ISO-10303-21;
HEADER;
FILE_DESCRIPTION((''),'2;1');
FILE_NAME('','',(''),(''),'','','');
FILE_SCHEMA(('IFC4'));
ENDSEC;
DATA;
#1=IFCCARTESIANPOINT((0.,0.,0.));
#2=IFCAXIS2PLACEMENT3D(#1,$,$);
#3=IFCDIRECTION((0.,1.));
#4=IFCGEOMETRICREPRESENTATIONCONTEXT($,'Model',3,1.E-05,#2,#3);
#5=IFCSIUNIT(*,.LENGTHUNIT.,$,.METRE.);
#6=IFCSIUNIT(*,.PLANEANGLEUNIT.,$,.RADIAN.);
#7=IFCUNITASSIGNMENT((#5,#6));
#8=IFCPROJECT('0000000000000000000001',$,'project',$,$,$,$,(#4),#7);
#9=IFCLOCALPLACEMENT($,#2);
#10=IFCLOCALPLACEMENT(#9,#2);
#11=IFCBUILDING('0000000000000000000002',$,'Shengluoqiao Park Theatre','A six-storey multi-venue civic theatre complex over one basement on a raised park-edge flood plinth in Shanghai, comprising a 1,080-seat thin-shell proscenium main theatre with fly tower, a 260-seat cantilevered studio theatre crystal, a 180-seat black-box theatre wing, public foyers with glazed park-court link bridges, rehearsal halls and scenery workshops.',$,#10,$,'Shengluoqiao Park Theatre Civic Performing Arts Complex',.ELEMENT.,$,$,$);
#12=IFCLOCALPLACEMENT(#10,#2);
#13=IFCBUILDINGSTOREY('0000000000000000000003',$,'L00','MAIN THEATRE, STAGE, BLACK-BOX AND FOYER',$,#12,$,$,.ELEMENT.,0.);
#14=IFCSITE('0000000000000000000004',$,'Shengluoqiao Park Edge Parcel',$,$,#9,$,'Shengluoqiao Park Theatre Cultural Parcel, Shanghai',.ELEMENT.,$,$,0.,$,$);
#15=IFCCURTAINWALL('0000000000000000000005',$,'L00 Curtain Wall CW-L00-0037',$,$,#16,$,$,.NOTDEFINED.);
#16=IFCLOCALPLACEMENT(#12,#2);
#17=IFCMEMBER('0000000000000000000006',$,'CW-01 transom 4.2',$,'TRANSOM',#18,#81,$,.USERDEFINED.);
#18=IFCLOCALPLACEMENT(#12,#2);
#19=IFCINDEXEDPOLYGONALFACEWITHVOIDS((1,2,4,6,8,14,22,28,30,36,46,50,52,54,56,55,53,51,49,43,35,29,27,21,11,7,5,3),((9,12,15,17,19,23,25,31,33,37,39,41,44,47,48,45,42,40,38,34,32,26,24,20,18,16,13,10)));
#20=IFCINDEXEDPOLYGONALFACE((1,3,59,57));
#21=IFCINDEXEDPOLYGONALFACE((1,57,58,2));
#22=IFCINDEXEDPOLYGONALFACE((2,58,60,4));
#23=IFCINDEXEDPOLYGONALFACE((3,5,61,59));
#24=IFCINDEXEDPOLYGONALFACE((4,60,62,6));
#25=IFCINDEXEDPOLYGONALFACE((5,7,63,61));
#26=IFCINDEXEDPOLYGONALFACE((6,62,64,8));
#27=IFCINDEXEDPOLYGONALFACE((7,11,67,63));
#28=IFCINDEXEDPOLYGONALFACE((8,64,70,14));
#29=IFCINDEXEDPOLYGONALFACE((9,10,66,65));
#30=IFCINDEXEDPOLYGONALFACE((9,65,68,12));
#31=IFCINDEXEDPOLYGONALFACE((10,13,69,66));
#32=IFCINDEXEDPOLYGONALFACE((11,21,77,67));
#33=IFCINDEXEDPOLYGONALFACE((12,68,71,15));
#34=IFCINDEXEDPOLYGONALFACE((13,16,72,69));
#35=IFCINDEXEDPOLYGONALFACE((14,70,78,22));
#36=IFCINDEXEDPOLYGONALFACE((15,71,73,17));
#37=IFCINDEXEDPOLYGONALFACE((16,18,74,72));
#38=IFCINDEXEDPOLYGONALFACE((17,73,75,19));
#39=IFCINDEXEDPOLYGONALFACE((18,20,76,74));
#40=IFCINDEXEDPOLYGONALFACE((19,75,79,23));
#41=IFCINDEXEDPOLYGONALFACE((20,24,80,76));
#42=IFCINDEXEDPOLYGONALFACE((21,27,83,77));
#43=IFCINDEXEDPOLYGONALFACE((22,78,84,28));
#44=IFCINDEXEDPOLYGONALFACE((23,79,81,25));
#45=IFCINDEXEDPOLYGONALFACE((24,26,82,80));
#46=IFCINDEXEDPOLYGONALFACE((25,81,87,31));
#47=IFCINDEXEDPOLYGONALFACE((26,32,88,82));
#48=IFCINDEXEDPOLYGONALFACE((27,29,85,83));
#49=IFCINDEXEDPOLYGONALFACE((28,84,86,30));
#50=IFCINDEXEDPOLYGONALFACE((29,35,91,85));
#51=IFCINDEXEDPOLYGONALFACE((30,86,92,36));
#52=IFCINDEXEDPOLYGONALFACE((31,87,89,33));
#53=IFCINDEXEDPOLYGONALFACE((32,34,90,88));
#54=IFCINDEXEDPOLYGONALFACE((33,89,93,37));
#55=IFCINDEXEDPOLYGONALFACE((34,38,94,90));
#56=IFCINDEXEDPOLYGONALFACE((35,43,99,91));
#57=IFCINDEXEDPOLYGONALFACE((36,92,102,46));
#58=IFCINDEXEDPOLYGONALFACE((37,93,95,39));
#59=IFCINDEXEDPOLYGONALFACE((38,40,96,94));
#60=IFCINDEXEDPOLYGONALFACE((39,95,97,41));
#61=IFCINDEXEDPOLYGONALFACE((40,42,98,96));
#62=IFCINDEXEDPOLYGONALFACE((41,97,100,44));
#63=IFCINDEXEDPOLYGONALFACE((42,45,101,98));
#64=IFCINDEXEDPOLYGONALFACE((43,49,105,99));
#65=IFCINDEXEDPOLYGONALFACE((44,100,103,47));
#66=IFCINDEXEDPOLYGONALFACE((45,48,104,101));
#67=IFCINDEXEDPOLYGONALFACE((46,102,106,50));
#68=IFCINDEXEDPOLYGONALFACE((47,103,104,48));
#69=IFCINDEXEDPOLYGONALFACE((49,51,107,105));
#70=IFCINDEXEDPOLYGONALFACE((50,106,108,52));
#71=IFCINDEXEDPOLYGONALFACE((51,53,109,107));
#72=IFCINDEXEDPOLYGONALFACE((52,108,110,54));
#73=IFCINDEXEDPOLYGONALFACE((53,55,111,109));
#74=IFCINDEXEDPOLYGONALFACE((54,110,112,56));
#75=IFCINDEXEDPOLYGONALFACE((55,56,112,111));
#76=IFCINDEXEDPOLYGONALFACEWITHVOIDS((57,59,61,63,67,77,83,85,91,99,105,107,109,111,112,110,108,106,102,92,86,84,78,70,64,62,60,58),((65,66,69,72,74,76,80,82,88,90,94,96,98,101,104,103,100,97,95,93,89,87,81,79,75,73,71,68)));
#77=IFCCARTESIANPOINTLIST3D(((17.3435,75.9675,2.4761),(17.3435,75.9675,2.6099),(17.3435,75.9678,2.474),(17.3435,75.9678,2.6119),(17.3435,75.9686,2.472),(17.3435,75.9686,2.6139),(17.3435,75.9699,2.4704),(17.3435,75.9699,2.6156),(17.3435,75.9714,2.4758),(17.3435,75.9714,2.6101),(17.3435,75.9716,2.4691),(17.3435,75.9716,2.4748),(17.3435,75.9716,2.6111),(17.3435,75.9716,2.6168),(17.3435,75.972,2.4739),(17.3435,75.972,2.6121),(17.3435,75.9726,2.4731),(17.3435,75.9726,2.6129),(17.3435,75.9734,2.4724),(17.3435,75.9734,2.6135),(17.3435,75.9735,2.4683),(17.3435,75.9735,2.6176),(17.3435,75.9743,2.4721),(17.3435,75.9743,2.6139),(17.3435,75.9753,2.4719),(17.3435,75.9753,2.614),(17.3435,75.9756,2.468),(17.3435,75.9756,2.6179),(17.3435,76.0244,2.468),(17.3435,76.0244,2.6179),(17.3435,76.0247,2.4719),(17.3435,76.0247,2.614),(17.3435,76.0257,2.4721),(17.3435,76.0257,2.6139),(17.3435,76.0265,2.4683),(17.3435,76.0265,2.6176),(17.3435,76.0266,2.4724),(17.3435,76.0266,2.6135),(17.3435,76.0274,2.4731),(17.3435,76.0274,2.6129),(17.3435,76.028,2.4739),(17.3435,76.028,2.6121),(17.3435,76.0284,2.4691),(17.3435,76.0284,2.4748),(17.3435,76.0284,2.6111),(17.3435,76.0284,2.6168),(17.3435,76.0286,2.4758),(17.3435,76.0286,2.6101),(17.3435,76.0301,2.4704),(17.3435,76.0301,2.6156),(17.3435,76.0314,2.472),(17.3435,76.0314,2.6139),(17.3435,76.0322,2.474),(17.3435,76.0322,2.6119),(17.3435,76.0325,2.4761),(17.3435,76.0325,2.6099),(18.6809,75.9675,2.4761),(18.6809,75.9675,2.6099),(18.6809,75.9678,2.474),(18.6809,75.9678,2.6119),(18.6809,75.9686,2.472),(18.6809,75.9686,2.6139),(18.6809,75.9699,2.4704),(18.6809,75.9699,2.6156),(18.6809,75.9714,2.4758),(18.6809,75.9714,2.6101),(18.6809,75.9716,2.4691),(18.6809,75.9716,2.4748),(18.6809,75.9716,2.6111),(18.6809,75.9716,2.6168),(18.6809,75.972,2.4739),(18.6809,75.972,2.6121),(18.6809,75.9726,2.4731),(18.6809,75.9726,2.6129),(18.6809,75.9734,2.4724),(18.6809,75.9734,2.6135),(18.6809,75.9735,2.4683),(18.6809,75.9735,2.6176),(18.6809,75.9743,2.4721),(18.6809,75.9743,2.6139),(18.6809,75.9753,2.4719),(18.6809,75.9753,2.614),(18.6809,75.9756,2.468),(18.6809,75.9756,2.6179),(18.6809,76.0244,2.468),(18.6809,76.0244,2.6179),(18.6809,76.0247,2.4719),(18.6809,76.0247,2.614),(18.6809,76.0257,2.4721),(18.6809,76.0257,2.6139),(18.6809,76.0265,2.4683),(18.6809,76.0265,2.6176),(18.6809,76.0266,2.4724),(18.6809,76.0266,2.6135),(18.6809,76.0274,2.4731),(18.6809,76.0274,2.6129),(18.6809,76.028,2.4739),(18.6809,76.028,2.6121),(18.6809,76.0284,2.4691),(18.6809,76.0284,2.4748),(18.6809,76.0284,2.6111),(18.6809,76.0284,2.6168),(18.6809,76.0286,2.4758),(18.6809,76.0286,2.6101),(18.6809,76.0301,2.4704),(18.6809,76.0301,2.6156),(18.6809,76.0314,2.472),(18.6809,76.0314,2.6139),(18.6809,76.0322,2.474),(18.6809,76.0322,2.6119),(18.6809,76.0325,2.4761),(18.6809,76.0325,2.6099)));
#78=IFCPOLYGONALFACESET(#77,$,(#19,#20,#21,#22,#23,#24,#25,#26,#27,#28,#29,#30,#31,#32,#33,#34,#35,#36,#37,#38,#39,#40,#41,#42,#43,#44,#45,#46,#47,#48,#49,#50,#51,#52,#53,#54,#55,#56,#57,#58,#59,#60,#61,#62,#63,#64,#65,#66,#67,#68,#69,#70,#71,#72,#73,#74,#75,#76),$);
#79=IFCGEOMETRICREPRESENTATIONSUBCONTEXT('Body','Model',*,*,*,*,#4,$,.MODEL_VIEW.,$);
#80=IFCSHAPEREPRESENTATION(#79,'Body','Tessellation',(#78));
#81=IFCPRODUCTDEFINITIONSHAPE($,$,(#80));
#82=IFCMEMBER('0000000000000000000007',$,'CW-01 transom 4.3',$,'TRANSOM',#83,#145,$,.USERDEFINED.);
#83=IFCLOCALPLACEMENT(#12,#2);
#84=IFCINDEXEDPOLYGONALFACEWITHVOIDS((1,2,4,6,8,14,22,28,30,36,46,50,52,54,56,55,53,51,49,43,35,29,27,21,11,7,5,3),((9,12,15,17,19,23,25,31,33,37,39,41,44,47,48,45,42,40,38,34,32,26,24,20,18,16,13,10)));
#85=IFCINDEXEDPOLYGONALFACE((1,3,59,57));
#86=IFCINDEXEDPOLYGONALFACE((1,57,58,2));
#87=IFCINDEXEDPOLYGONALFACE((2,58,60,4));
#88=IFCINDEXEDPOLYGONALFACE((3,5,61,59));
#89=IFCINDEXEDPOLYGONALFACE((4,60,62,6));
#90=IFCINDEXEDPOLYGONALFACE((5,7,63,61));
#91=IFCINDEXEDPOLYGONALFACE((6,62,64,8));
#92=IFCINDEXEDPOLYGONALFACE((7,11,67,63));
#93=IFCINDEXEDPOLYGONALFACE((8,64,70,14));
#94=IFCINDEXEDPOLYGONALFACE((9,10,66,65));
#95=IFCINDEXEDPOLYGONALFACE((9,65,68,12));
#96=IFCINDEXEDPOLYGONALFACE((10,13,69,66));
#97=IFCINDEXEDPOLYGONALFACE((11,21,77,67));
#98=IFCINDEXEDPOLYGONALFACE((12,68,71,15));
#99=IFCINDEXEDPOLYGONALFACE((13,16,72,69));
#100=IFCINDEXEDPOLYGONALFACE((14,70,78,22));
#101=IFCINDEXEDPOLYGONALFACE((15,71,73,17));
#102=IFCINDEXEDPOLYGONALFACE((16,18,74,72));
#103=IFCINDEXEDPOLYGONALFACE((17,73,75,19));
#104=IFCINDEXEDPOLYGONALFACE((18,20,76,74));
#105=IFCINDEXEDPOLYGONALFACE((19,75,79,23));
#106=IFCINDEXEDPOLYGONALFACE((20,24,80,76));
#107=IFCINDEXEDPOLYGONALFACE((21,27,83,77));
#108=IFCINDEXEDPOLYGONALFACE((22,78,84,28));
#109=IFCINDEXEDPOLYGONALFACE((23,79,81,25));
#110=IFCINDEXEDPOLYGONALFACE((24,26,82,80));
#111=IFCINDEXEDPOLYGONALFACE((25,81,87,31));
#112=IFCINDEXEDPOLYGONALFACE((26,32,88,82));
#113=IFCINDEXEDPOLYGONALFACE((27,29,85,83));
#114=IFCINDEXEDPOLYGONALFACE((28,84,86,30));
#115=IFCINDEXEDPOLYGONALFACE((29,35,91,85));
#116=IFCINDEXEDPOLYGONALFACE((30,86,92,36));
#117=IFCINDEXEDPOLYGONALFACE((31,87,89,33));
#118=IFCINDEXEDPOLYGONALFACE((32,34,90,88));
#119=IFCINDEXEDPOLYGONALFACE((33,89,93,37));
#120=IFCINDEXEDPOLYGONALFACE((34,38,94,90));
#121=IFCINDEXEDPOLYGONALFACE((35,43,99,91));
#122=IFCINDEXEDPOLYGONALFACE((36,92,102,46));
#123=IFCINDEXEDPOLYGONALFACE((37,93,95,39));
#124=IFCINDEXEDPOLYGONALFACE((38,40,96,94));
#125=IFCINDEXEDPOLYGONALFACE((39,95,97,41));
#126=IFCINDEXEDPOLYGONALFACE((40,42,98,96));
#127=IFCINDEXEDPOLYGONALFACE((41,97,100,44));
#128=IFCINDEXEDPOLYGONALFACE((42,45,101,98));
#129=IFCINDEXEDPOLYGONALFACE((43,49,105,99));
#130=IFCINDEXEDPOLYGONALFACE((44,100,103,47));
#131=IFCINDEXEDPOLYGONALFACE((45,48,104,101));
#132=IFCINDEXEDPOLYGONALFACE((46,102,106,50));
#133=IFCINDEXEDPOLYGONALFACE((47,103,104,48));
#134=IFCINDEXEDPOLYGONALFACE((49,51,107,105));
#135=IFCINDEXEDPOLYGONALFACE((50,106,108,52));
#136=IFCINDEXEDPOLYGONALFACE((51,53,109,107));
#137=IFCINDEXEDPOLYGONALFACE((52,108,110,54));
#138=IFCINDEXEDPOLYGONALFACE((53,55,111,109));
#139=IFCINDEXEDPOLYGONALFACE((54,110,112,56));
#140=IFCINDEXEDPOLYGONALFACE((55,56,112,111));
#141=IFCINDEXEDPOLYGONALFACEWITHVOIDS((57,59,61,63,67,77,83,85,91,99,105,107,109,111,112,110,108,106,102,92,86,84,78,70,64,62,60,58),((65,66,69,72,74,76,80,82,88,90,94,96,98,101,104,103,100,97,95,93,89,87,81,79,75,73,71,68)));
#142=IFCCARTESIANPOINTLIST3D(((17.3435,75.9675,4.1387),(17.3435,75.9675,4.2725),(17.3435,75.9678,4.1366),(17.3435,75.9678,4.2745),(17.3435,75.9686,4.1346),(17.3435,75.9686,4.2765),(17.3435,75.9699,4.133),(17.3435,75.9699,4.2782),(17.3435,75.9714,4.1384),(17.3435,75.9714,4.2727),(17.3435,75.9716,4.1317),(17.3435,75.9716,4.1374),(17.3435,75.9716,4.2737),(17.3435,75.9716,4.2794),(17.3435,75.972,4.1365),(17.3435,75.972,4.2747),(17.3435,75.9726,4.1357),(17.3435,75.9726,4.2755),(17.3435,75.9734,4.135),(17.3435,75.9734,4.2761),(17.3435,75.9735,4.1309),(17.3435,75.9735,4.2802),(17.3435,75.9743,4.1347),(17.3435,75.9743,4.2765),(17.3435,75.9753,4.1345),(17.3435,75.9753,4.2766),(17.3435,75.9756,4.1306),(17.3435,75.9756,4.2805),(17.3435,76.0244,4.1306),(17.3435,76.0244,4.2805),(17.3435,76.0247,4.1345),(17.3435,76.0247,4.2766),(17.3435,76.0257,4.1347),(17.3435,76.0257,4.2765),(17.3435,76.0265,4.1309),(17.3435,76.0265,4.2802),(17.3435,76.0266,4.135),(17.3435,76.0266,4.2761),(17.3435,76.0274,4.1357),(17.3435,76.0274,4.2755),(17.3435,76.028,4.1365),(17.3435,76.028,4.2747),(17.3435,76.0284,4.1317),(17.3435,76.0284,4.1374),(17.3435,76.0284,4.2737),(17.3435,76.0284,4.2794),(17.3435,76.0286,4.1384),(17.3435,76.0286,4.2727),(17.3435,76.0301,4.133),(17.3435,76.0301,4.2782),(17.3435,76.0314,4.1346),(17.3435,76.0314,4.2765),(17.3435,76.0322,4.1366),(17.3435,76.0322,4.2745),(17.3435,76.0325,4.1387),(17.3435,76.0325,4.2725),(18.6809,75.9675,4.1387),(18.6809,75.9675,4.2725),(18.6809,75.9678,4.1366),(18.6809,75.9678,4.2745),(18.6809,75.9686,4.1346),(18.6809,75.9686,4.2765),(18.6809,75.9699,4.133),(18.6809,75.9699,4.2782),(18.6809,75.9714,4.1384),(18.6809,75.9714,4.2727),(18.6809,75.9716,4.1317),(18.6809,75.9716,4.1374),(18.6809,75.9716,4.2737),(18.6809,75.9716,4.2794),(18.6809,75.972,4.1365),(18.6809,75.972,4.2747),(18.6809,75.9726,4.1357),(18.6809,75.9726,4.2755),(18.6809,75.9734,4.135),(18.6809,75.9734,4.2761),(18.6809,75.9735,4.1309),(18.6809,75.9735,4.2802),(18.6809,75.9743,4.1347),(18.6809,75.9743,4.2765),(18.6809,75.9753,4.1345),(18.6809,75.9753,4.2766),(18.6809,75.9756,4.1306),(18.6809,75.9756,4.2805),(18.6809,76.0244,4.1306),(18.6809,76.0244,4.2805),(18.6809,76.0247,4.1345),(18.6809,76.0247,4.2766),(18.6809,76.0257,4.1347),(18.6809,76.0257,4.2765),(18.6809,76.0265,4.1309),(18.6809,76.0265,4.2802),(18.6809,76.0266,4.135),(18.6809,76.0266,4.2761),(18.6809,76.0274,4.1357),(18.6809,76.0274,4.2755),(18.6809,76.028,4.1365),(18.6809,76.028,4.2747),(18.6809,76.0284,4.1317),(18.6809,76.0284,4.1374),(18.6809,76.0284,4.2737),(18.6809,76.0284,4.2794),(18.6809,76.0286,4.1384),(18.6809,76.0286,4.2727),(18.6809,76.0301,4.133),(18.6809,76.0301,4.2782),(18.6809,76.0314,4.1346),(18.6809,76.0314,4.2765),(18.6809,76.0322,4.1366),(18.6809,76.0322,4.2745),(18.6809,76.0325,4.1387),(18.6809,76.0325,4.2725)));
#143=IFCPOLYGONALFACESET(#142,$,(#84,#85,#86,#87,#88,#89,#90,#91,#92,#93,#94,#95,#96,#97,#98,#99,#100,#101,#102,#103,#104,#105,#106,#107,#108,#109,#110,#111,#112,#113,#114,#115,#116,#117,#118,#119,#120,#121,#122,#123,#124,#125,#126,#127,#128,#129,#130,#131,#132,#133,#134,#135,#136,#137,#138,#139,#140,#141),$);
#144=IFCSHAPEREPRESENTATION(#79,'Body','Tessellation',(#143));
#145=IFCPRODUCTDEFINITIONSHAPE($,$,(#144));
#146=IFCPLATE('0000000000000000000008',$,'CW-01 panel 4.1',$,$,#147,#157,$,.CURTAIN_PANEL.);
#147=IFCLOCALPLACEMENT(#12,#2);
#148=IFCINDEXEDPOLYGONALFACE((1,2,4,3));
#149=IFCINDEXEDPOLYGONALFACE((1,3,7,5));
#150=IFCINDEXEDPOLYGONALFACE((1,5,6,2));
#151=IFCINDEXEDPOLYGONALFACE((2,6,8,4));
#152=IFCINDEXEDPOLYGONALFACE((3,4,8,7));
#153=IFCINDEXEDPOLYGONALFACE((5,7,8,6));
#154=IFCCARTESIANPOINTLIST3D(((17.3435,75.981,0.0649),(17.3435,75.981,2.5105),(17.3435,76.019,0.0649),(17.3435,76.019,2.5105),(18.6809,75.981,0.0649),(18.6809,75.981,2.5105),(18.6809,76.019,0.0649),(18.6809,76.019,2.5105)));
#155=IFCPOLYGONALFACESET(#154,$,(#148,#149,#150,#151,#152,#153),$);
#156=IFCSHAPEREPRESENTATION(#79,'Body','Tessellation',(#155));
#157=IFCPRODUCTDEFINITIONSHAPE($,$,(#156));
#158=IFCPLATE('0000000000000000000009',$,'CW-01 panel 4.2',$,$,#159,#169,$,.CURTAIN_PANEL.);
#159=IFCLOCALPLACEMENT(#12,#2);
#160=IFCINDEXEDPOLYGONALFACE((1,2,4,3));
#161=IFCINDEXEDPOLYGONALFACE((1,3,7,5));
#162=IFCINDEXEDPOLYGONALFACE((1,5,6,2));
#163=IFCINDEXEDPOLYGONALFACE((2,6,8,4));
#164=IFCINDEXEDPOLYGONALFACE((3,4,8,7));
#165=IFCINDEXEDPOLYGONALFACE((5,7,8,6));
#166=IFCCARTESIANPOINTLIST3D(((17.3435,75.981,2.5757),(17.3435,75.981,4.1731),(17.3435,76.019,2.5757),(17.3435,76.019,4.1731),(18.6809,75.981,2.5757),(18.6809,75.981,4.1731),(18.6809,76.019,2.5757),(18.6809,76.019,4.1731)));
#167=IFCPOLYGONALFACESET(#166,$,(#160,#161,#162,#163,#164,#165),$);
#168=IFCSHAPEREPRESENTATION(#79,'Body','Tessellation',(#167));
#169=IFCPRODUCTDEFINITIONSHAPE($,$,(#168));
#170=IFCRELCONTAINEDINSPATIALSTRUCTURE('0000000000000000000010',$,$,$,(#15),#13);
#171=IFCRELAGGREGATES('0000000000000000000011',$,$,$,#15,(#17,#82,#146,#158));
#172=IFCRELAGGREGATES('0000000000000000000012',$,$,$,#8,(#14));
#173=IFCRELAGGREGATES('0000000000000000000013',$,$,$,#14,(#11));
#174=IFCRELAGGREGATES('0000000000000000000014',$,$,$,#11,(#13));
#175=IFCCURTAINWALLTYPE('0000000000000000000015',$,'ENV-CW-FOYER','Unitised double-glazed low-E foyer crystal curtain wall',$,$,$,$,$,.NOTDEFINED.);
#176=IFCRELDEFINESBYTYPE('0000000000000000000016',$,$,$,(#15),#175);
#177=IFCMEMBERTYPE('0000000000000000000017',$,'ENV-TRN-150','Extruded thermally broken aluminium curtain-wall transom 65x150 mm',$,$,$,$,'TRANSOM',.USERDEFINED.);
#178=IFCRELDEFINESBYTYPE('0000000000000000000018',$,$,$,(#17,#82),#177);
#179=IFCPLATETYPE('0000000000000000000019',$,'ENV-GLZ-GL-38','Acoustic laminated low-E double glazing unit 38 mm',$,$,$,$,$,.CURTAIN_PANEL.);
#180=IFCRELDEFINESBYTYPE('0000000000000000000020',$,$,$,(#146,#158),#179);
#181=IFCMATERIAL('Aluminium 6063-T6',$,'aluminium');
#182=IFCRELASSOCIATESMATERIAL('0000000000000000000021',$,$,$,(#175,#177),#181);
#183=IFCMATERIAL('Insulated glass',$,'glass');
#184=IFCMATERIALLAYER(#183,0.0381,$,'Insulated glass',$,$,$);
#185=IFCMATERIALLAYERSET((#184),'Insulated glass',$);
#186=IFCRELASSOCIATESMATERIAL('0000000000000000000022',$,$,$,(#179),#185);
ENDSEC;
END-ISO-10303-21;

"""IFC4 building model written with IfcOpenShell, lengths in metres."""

from ifc_helpers import new_model, si_unit, direction, frame, origin, origin_2d, place, context, subcontext, project, spatial, rectangle, hollow_rectangle, extrude, material, layer, layer_set, material_profile, profile_set, type_object, element, aggregate, save


model = new_model("IFC4")

# Units and contexts
model_context = context("Model", 3, precision=1e-05, world=origin(), true_north=direction((0.0, 1.0)))
body_context = subcontext(model_context, "Body", "Model", "MODEL_VIEW")
ifc_project = project(units=[si_unit("LENGTHUNIT", "METRE"), si_unit("PLANEANGLEUNIT", "RADIAN")], contexts=[model_context])

# Site, building, storey
site_placement = place(None, origin())
site = spatial("IfcSite", under=ifc_project, at=site_placement, Name="Shengluoqiao Park Edge Parcel", LongName="Shengluoqiao Park Theatre Cultural Parcel, Shanghai", CompositionType="ELEMENT", RefElevation=0.0)
building_placement = place(site_placement, origin())
building = spatial("IfcBuilding", under=site, at=building_placement, Name="Shengluoqiao Park Theatre", Description="A six-storey multi-venue civic theatre complex over one basement on a raised park-edge flood plinth in Shanghai, comprising a 1,080-seat thin-shell proscenium main theatre with fly tower, a 260-seat cantilevered studio theatre crystal, a 180-seat black-box theatre wing, public foyers with glazed park-court link bridges, rehearsal halls and scenery workshops.", LongName="Shengluoqiao Park Theatre Civic Performing Arts Complex", CompositionType="ELEMENT")
storey_placement = place(building_placement, origin())
storey = spatial("IfcBuildingStorey", under=building, at=storey_placement, Name="L00", Description="MAIN THEATRE, STAGE, BLACK-BOX AND FOYER", CompositionType="ELEMENT", Elevation=0.0)

# Curtain wall, members, plates
ifc_material_1 = material(Name="Aluminium 6063-T6", Category="aluminium")
curtain_wall_type = type_object("IfcCurtainWallType", Name="ENV-CW-FOYER", Description="Unitised double-glazed low-E foyer crystal curtain wall", PredefinedType="NOTDEFINED", material=ifc_material_1)
curtain_wall_placement = place(storey_placement, origin())
curtain_wall = element("IfcCurtainWall", 1, at=curtain_wall_placement, inside=storey, type_object=curtain_wall_type, Name="L00 Curtain Wall CW-L00-0037", PredefinedType="NOTDEFINED")
ifc_material_profile_1 = material_profile(ifc_material_1, hollow_rectangle(XDim=0.0649, YDim=0.1499, WallThickness=0.0039, InnerFilletRadius=0.0039, OuterFilletRadius=0.0081, at=origin_2d()), Name="ALU TRANSOM 150x65x4")
ifc_profile_set_1 = profile_set([ifc_material_profile_1], Name="Aluminium 6063-T6")
member_type_1 = type_object("IfcMemberType", Name="ENV-TRN-150", Description="Extruded thermally broken aluminium curtain-wall transom 65x150 mm", ElementType="TRANSOM", PredefinedType="USERDEFINED", material=ifc_profile_set_1)
member_1_placement = place(storey_placement, frame((17.3435, 76.0, 2.543), z_axis=(1.0, 0.0, 0.0), x_axis=(0.0, 1.0, 0.0)))
member_1 = element("IfcMember", 2, at=member_1_placement, type_object=member_type_1, Name="CW-01 transom 4.2", ObjectType="TRANSOM", PredefinedType="USERDEFINED", context=body_context, shape_type="SweptSolid", body=[
    extrude(hollow_rectangle(XDim=0.0649, YDim=0.1499, WallThickness=0.0039, InnerFilletRadius=0.0039, OuterFilletRadius=0.0081, at=origin_2d()), origin(), (0.0, 0.0, 1.0), 1.3374),
])
member_2_placement = place(storey_placement, frame((17.3435, 76.0, 4.2056), z_axis=(1.0, 0.0, 0.0), x_axis=(0.0, 1.0, 0.0)))
member_2 = element("IfcMember", 3, at=member_2_placement, type_object=member_type_1, Name="CW-01 transom 4.3", ObjectType="TRANSOM", PredefinedType="USERDEFINED", context=body_context, shape_type="SweptSolid", body=[
    extrude(hollow_rectangle(XDim=0.0649, YDim=0.1499, WallThickness=0.0039, InnerFilletRadius=0.0039, OuterFilletRadius=0.0081, at=origin_2d()), origin(), (0.0, 0.0, 1.0), 1.3374),
])
ifc_material_2 = material(Name="Insulated glass", Category="glass")
ifc_layer_1 = layer(ifc_material_2, 0.0381, Name="Insulated glass")
ifc_layer_set_1 = layer_set([ifc_layer_1], Name="Insulated glass")
plate_type = type_object("IfcPlateType", Name="ENV-GLZ-GL-38", Description="Acoustic laminated low-E double glazing unit 38 mm", PredefinedType="CURTAIN_PANEL", material=ifc_layer_set_1)
plate_1_placement = place(storey_placement, frame((18.0122, 76.0, 0.0649), z_axis=(0.0, 0.0, 1.0), x_axis=(1.0, 0.0, 0.0)))
plate_1 = element("IfcPlate", 4, at=plate_1_placement, type_object=plate_type, Name="CW-01 panel 4.1", PredefinedType="CURTAIN_PANEL", context=body_context, shape_type="SweptSolid", body=[
    extrude(rectangle(XDim=1.3374, YDim=0.0381, at=origin_2d()), origin(), (0.0, 0.0, 1.0), 2.4456),
])
plate_2_placement = place(storey_placement, frame((18.0122, 76.0, 2.5757), z_axis=(0.0, 0.0, 1.0), x_axis=(1.0, 0.0, 0.0)))
plate_2 = element("IfcPlate", 5, at=plate_2_placement, type_object=plate_type, Name="CW-01 panel 4.2", PredefinedType="CURTAIN_PANEL", context=body_context, shape_type="SweptSolid", body=[
    extrude(rectangle(XDim=1.3374, YDim=0.0381, at=origin_2d()), origin(), (0.0, 0.0, 1.0), 1.5974),
])
aggregate(curtain_wall, [member_1, member_2, plate_1, plate_2])

save(model, "model.ifc")
